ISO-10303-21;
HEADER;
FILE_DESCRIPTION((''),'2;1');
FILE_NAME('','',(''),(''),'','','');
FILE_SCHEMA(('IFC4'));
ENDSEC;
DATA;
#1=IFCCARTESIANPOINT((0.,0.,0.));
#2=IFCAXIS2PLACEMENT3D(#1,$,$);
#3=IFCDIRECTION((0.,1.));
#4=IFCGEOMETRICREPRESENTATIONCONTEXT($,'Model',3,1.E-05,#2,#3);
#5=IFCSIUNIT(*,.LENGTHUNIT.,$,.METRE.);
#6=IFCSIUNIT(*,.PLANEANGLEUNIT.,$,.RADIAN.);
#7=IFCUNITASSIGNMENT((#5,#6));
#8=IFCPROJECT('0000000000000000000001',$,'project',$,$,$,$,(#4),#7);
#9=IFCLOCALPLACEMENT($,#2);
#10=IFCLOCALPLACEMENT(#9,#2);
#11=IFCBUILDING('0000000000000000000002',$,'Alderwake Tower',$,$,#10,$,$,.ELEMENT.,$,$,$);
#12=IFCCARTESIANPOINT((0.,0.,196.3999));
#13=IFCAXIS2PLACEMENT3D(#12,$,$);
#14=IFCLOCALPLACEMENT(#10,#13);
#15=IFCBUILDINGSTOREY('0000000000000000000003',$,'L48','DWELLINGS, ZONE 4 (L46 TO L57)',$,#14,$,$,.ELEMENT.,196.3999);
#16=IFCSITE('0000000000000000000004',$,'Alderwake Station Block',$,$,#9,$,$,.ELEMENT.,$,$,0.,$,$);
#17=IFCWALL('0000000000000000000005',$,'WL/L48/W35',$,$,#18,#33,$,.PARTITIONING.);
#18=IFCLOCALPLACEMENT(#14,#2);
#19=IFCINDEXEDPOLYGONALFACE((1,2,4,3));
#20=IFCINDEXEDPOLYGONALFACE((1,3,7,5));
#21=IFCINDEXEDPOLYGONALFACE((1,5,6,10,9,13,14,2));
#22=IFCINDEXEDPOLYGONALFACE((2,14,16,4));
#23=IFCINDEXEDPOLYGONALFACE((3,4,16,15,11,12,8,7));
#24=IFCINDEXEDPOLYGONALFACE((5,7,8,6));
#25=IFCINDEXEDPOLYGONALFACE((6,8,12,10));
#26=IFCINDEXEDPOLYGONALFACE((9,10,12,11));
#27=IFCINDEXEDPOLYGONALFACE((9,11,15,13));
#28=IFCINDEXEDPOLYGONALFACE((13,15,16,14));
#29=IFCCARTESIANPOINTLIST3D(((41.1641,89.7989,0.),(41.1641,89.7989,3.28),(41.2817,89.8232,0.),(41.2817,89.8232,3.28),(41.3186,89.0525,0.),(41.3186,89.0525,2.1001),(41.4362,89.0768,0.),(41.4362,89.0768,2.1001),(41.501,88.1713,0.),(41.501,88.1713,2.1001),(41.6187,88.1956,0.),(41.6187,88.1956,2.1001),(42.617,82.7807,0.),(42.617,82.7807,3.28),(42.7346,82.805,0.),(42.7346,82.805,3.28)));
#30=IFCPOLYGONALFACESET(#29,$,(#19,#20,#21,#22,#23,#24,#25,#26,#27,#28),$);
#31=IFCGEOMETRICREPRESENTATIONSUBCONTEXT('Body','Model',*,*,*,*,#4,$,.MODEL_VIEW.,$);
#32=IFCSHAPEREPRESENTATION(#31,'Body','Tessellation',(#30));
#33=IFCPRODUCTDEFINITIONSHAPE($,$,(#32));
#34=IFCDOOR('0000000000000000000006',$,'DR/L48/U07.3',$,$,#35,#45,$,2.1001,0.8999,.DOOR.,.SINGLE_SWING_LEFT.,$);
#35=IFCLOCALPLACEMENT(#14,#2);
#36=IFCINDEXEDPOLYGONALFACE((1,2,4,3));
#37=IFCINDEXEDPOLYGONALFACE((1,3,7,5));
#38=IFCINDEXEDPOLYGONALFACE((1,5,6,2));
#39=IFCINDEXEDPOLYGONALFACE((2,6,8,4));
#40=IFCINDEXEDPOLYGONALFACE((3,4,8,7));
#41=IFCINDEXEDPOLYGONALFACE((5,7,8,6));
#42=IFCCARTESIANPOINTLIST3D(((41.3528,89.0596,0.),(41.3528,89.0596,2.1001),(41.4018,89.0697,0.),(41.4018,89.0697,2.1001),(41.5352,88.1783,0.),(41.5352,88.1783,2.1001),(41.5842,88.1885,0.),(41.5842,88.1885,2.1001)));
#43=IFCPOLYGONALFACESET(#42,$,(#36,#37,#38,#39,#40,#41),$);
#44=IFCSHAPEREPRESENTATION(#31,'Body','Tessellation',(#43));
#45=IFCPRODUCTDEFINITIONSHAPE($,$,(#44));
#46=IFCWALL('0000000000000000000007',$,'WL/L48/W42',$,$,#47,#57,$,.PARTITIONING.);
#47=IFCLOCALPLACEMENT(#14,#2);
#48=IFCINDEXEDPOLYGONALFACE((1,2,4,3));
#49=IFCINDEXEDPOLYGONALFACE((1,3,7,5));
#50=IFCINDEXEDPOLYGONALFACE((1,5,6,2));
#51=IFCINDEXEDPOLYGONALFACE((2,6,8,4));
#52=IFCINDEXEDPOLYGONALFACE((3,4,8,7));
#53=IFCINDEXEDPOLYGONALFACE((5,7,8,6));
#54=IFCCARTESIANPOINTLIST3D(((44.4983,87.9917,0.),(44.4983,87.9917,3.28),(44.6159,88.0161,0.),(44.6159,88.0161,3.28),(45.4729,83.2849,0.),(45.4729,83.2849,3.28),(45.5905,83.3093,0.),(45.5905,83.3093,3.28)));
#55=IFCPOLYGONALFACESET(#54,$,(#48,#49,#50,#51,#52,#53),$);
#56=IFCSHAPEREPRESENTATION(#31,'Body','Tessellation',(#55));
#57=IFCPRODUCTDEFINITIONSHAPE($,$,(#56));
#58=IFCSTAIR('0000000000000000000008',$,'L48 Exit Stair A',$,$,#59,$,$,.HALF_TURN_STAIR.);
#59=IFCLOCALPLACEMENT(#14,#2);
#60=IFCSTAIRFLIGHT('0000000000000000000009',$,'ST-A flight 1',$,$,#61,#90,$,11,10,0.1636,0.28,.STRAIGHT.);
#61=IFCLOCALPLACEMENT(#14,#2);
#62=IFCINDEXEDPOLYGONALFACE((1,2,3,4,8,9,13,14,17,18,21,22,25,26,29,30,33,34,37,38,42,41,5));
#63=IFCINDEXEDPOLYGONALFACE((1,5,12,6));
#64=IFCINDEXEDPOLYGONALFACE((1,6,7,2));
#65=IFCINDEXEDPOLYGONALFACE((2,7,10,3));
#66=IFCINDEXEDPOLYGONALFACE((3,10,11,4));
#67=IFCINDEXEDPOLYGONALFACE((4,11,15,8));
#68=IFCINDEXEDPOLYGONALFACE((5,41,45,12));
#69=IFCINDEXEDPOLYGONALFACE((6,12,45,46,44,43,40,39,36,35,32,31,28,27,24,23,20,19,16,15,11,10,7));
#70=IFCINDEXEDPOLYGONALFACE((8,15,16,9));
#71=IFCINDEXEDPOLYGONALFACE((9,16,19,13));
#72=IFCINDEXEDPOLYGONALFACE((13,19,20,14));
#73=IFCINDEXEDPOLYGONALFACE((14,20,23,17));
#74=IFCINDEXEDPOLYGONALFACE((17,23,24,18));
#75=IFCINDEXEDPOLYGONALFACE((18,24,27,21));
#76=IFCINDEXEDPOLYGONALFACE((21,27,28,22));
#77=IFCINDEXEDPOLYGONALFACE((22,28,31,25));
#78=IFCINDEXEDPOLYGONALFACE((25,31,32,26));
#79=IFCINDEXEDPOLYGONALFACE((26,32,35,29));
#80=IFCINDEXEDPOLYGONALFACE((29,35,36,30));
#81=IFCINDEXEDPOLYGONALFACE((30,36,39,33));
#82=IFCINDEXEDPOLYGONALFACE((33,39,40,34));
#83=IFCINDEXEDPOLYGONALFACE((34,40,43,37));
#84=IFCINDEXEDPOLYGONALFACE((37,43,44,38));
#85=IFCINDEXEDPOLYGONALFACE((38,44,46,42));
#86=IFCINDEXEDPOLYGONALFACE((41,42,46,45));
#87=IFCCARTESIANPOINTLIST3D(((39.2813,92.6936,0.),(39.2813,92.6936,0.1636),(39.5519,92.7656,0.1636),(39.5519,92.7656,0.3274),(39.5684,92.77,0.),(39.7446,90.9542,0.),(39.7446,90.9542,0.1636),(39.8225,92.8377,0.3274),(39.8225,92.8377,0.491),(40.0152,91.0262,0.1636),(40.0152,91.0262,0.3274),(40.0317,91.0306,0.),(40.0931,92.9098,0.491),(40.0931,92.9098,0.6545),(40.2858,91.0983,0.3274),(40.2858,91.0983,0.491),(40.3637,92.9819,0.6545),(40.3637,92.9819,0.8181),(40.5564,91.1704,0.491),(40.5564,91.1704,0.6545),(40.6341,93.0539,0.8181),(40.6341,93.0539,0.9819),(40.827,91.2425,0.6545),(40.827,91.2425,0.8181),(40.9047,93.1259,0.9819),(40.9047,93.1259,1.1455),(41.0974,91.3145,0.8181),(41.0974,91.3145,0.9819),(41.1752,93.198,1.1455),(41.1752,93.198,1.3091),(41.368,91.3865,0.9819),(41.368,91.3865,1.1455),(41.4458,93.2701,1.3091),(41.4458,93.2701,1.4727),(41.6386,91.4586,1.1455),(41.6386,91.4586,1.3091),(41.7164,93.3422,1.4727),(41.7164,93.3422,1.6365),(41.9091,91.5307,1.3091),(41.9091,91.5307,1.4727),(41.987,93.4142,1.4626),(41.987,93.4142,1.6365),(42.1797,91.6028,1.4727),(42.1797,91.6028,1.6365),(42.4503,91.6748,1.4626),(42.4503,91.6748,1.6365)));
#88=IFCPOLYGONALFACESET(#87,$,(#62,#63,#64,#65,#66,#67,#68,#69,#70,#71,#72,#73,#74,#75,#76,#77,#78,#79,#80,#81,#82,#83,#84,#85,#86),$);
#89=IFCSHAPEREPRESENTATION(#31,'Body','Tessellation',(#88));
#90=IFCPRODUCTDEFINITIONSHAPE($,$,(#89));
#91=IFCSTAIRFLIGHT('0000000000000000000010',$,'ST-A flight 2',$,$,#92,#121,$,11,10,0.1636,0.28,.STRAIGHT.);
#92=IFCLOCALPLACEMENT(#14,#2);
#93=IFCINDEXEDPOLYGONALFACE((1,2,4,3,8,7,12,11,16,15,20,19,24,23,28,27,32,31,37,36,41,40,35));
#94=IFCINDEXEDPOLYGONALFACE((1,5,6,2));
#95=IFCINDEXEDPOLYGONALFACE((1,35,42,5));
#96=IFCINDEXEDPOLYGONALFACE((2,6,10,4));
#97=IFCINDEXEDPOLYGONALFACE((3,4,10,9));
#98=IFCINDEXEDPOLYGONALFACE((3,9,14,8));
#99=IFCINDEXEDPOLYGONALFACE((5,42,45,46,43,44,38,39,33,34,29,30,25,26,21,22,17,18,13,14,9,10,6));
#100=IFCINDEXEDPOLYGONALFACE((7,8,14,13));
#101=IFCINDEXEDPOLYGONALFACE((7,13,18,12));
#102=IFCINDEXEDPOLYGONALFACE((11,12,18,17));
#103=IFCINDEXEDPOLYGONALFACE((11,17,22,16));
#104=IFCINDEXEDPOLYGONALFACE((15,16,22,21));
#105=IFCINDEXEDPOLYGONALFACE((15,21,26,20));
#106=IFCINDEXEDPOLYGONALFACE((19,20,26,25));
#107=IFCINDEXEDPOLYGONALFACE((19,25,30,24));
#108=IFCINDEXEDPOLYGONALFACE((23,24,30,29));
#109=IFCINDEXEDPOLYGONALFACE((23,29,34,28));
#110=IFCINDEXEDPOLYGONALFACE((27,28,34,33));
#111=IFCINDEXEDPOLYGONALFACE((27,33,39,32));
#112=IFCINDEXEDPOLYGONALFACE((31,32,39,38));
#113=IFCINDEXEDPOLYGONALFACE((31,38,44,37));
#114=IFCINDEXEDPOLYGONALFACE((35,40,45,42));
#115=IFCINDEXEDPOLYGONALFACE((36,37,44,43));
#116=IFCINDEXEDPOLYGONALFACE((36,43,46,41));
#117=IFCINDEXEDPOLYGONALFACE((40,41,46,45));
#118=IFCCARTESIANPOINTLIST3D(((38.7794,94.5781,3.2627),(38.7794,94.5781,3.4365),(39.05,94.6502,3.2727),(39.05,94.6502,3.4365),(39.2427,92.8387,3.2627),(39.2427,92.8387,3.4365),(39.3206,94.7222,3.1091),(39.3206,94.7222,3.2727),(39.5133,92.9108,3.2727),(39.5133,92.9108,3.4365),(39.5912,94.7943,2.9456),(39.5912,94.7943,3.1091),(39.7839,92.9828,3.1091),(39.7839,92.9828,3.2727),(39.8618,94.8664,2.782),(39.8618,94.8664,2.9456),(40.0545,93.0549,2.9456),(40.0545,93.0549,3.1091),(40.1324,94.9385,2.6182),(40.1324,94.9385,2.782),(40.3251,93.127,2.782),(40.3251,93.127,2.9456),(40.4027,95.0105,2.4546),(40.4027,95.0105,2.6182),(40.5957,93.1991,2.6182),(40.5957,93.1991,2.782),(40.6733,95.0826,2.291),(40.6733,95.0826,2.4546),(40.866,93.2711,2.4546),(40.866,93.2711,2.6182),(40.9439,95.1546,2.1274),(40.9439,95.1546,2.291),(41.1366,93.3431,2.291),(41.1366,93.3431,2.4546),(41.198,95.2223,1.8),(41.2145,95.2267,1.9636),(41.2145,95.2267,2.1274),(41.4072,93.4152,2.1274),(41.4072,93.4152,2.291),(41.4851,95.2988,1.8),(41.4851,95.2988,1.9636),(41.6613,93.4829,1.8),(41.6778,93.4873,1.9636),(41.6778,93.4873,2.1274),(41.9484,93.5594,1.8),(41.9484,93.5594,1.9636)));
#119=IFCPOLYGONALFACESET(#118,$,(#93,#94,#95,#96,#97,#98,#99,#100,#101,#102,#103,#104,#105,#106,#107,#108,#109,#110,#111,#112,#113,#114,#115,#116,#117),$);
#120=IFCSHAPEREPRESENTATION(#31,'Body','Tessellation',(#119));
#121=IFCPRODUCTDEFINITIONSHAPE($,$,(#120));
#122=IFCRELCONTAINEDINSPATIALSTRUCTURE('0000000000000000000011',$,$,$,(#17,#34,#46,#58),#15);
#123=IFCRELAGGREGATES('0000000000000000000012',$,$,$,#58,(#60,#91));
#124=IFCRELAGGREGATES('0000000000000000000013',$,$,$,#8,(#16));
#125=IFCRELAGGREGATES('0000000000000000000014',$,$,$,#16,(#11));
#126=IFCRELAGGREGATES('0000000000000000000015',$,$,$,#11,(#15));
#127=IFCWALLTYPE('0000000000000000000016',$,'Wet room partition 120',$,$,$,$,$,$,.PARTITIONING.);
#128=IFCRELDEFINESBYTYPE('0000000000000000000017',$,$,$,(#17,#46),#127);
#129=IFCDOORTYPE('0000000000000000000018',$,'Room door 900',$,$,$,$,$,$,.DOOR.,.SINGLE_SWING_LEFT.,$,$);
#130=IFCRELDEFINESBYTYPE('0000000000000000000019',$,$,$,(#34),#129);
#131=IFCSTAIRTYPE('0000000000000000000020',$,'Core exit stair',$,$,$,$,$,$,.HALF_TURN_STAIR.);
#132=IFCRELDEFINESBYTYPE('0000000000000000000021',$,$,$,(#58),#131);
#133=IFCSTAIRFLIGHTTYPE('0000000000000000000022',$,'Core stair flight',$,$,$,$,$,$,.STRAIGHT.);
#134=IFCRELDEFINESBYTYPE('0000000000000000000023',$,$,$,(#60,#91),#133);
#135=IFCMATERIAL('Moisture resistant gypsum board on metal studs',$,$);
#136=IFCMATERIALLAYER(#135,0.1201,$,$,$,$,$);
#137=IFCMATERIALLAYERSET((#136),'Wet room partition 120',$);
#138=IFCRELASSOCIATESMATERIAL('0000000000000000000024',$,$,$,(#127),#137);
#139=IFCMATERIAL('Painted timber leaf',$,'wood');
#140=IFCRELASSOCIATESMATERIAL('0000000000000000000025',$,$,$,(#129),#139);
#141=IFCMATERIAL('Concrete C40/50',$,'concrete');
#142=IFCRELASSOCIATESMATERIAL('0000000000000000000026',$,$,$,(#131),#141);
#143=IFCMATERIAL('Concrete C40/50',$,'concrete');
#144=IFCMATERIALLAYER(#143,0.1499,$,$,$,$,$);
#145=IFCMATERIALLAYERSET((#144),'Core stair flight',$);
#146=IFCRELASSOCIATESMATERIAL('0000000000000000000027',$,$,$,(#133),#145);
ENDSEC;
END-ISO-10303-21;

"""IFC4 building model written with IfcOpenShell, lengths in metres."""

from ifc_helpers import new_model, si_unit, direction, frame, frame_2d, origin, place, context, subcontext, project, spatial, polyline, rectangle, outline, extrude, material, layer, layer_set, type_object, element, fill, aggregate, save


model = new_model("IFC4")

# Units and contexts
model_context = context("Model", 3, precision=1e-05, world=origin(), true_north=direction((0.0, 1.0)))
body_context = subcontext(model_context, "Body", "Model", "MODEL_VIEW")
ifc_project = project(units=[si_unit("LENGTHUNIT", "METRE"), si_unit("PLANEANGLEUNIT", "RADIAN")], contexts=[model_context])

# Site, building, storey
site_placement = place(None, origin())
site = spatial("IfcSite", under=ifc_project, at=site_placement, Name="Alderwake Station Block", CompositionType="ELEMENT", RefElevation=0.0)
building_placement = place(site_placement, origin())
building = spatial("IfcBuilding", under=site, at=building_placement, Name="Alderwake Tower", CompositionType="ELEMENT")
storey_placement = place(building_placement, frame((0.0, 0.0, 196.3999)))
storey = spatial("IfcBuildingStorey", under=building, at=storey_placement, Name="L48", Description="DWELLINGS, ZONE 4 (L46 TO L57)", CompositionType="ELEMENT", Elevation=196.3999)

# Wall, opening, door
ifc_material_1 = material(Name="Moisture resistant gypsum board on metal studs")
ifc_layer_1 = layer(ifc_material_1, 0.1201)
ifc_layer_set_1 = layer_set([ifc_layer_1], Name="Wet room partition 120")
wall_type_1 = type_object("IfcWallType", Name="Wet room partition 120", PredefinedType="PARTITIONING", material=ifc_layer_set_1)
wall_1_placement = place(storey_placement, frame((41.2229, 89.811, 0.0), z_axis=(0.0, 0.0, 1.0), x_axis=(0.202722, -0.979236, 0.0)))
wall_1 = element("IfcWall", 1, at=wall_1_placement, inside=storey, type_object=wall_type_1, Name="WL/L48/W35", PredefinedType="PARTITIONING", context=body_context, shape_type="SweptSolid", body=[
    extrude(rectangle(XDim=7.167, YDim=0.1201, at=frame_2d((3.5835, 0.0))), origin(), (0.0, 0.0, 1.0), 3.28),
])
opening_1_placement = place(wall_1_placement, frame((0.7622, 0.0, 0.0)))
opening_1 = element("IfcOpeningElement", 2, at=opening_1_placement, cuts=wall_1, PredefinedType="OPENING", context=body_context, shape_type="SweptSolid", body=[
    extrude(rectangle(XDim=0.8999, YDim=2.1001, at=frame_2d((0.45, 1.05))), frame((0.0, 0.0701, 0.0), z_axis=(0.0, -1.0, 0.0), x_axis=(1.0, 0.0, 0.0)), (0.0, 0.0, 1.0), 0.1401),
])
ifc_material_2 = material(Name="Painted timber leaf", Category="wood")
door_type_1 = type_object("IfcDoorType", Name="Room door 900", OperationType="SINGLE_SWING_LEFT", PredefinedType="DOOR", material=ifc_material_2)
door_1_placement = place(opening_1_placement, origin())
door_1 = element("IfcDoor", 3, at=door_1_placement, inside=storey, type_object=door_type_1, Name="DR/L48/U07.3", OperationType="SINGLE_SWING_LEFT", OverallHeight=2.1001, OverallWidth=0.8999, PredefinedType="DOOR", context=body_context, shape_type="SweptSolid", body=[
    extrude(rectangle(XDim=0.8999, YDim=2.1001, at=frame_2d((0.45, 1.05))), frame((0.0, 0.0249, 0.0), z_axis=(0.0, -1.0, 0.0), x_axis=(1.0, 0.0, 0.0)), (0.0, 0.0, 1.0), 0.05),
])
fill(opening_1, door_1)

# Wall
wall_2_placement = place(storey_placement, frame((45.5317, 83.2971, 0.0), z_axis=(0.0, 0.0, 1.0), x_axis=(-0.202763, 0.979228, 0.0)))
element("IfcWall", 4, at=wall_2_placement, inside=storey, type_object=wall_type_1, Name="WL/L48/W42", PredefinedType="PARTITIONING", context=body_context, shape_type="SweptSolid", body=[
    extrude(rectangle(XDim=4.8066, YDim=0.1201, at=frame_2d((2.4033, 0.0))), origin(), (0.0, 0.0, 1.0), 3.28),
])

# Stair, stair flights
ifc_material_3 = material(Name="Concrete C40/50", Category="concrete")
stair_type = type_object("IfcStairType", Name="Core exit stair", PredefinedType="HALF_TURN_STAIR", material=ifc_material_3)
stair_placement = place(storey_placement, origin())
stair = element("IfcStair", 5, at=stair_placement, inside=storey, type_object=stair_type, Name="L48 Exit Stair A", PredefinedType="HALF_TURN_STAIR")
ifc_material_4 = material(Name="Concrete C40/50", Category="concrete")
ifc_layer_2 = layer(ifc_material_4, 0.1499)
ifc_layer_set_2 = layer_set([ifc_layer_2], Name="Core stair flight")
stair_flight_type = type_object("IfcStairFlightType", Name="Core stair flight", PredefinedType="STRAIGHT", material=ifc_layer_set_2)
stair_flight_1_placement = place(storey_placement, frame((39.5129, 91.824, 0.0), z_axis=(0.0, 0.0, 1.0), x_axis=(0.96631, 0.257382, 0.0)))
stair_flight_1 = element("IfcStairFlight", 6, at=stair_flight_1_placement, type_object=stair_flight_type, Name="ST-A flight 1", NumberOfRisers=11, NumberOfTreads=10, PredefinedType="STRAIGHT", RiserHeight=0.1636, TreadLength=0.28, context=body_context, shape_type="SweptSolid", body=[
    extrude(outline(polyline([(0.0, 0.0), (0.0, 0.1636), (0.28, 0.1636), (0.28, 0.3274), (0.5601, 0.3274), (0.5601, 0.491), (0.8401, 0.491), (0.8401, 0.6545), (1.1201, 0.6545), (1.1201, 0.8181), (1.3999, 0.8181), (1.3999, 0.9819), (1.6799, 0.9819), (1.6799, 1.1455), (1.96, 1.1455), (1.96, 1.3091), (2.24, 1.3091), (2.24, 1.4727), (2.52, 1.4727), (2.52, 1.6365), (2.8, 1.6365), (2.8, 1.8), (2.8, 1.4626), (0.2971, 0.0), (0.0, 0.0)])), frame((0.0, 0.8999, 0.0), z_axis=(0.0, -1.0, 0.0), x_axis=(1.0, 0.0, 0.0)), (0.0, 0.0, 1.0), 1.8),
])
stair_flight_2_placement = place(storey_placement, frame((41.7168, 94.429, 1.8), z_axis=(0.0, 0.0, 1.0), x_axis=(-0.96631, -0.257382, 0.0)))
stair_flight_2 = element("IfcStairFlight", 7, at=stair_flight_2_placement, type_object=stair_flight_type, Name="ST-A flight 2", NumberOfRisers=11, NumberOfTreads=10, PredefinedType="STRAIGHT", RiserHeight=0.1636, TreadLength=0.28, context=body_context, shape_type="SweptSolid", body=[
    extrude(outline(polyline([(0.0, 0.0), (0.0, 0.1636), (0.28, 0.1636), (0.28, 0.3274), (0.5601, 0.3274), (0.5601, 0.491), (0.8401, 0.491), (0.8401, 0.6545), (1.1201, 0.6545), (1.1201, 0.8181), (1.3999, 0.8181), (1.3999, 0.9819), (1.6799, 0.9819), (1.6799, 1.1455), (1.96, 1.1455), (1.96, 1.3091), (2.24, 1.3091), (2.24, 1.4727), (2.52, 1.4727), (2.52, 1.6365), (2.8, 1.6365), (2.8, 1.8), (2.8, 1.4626), (0.2971, 0.0), (0.0, 0.0)])), frame((0.0, 0.8999, 0.0), z_axis=(0.0, -1.0, 0.0), x_axis=(1.0, 0.0, 0.0)), (0.0, 0.0, 1.0), 1.8),
])
aggregate(stair, [stair_flight_1, stair_flight_2])

save(model, "model.ifc")
